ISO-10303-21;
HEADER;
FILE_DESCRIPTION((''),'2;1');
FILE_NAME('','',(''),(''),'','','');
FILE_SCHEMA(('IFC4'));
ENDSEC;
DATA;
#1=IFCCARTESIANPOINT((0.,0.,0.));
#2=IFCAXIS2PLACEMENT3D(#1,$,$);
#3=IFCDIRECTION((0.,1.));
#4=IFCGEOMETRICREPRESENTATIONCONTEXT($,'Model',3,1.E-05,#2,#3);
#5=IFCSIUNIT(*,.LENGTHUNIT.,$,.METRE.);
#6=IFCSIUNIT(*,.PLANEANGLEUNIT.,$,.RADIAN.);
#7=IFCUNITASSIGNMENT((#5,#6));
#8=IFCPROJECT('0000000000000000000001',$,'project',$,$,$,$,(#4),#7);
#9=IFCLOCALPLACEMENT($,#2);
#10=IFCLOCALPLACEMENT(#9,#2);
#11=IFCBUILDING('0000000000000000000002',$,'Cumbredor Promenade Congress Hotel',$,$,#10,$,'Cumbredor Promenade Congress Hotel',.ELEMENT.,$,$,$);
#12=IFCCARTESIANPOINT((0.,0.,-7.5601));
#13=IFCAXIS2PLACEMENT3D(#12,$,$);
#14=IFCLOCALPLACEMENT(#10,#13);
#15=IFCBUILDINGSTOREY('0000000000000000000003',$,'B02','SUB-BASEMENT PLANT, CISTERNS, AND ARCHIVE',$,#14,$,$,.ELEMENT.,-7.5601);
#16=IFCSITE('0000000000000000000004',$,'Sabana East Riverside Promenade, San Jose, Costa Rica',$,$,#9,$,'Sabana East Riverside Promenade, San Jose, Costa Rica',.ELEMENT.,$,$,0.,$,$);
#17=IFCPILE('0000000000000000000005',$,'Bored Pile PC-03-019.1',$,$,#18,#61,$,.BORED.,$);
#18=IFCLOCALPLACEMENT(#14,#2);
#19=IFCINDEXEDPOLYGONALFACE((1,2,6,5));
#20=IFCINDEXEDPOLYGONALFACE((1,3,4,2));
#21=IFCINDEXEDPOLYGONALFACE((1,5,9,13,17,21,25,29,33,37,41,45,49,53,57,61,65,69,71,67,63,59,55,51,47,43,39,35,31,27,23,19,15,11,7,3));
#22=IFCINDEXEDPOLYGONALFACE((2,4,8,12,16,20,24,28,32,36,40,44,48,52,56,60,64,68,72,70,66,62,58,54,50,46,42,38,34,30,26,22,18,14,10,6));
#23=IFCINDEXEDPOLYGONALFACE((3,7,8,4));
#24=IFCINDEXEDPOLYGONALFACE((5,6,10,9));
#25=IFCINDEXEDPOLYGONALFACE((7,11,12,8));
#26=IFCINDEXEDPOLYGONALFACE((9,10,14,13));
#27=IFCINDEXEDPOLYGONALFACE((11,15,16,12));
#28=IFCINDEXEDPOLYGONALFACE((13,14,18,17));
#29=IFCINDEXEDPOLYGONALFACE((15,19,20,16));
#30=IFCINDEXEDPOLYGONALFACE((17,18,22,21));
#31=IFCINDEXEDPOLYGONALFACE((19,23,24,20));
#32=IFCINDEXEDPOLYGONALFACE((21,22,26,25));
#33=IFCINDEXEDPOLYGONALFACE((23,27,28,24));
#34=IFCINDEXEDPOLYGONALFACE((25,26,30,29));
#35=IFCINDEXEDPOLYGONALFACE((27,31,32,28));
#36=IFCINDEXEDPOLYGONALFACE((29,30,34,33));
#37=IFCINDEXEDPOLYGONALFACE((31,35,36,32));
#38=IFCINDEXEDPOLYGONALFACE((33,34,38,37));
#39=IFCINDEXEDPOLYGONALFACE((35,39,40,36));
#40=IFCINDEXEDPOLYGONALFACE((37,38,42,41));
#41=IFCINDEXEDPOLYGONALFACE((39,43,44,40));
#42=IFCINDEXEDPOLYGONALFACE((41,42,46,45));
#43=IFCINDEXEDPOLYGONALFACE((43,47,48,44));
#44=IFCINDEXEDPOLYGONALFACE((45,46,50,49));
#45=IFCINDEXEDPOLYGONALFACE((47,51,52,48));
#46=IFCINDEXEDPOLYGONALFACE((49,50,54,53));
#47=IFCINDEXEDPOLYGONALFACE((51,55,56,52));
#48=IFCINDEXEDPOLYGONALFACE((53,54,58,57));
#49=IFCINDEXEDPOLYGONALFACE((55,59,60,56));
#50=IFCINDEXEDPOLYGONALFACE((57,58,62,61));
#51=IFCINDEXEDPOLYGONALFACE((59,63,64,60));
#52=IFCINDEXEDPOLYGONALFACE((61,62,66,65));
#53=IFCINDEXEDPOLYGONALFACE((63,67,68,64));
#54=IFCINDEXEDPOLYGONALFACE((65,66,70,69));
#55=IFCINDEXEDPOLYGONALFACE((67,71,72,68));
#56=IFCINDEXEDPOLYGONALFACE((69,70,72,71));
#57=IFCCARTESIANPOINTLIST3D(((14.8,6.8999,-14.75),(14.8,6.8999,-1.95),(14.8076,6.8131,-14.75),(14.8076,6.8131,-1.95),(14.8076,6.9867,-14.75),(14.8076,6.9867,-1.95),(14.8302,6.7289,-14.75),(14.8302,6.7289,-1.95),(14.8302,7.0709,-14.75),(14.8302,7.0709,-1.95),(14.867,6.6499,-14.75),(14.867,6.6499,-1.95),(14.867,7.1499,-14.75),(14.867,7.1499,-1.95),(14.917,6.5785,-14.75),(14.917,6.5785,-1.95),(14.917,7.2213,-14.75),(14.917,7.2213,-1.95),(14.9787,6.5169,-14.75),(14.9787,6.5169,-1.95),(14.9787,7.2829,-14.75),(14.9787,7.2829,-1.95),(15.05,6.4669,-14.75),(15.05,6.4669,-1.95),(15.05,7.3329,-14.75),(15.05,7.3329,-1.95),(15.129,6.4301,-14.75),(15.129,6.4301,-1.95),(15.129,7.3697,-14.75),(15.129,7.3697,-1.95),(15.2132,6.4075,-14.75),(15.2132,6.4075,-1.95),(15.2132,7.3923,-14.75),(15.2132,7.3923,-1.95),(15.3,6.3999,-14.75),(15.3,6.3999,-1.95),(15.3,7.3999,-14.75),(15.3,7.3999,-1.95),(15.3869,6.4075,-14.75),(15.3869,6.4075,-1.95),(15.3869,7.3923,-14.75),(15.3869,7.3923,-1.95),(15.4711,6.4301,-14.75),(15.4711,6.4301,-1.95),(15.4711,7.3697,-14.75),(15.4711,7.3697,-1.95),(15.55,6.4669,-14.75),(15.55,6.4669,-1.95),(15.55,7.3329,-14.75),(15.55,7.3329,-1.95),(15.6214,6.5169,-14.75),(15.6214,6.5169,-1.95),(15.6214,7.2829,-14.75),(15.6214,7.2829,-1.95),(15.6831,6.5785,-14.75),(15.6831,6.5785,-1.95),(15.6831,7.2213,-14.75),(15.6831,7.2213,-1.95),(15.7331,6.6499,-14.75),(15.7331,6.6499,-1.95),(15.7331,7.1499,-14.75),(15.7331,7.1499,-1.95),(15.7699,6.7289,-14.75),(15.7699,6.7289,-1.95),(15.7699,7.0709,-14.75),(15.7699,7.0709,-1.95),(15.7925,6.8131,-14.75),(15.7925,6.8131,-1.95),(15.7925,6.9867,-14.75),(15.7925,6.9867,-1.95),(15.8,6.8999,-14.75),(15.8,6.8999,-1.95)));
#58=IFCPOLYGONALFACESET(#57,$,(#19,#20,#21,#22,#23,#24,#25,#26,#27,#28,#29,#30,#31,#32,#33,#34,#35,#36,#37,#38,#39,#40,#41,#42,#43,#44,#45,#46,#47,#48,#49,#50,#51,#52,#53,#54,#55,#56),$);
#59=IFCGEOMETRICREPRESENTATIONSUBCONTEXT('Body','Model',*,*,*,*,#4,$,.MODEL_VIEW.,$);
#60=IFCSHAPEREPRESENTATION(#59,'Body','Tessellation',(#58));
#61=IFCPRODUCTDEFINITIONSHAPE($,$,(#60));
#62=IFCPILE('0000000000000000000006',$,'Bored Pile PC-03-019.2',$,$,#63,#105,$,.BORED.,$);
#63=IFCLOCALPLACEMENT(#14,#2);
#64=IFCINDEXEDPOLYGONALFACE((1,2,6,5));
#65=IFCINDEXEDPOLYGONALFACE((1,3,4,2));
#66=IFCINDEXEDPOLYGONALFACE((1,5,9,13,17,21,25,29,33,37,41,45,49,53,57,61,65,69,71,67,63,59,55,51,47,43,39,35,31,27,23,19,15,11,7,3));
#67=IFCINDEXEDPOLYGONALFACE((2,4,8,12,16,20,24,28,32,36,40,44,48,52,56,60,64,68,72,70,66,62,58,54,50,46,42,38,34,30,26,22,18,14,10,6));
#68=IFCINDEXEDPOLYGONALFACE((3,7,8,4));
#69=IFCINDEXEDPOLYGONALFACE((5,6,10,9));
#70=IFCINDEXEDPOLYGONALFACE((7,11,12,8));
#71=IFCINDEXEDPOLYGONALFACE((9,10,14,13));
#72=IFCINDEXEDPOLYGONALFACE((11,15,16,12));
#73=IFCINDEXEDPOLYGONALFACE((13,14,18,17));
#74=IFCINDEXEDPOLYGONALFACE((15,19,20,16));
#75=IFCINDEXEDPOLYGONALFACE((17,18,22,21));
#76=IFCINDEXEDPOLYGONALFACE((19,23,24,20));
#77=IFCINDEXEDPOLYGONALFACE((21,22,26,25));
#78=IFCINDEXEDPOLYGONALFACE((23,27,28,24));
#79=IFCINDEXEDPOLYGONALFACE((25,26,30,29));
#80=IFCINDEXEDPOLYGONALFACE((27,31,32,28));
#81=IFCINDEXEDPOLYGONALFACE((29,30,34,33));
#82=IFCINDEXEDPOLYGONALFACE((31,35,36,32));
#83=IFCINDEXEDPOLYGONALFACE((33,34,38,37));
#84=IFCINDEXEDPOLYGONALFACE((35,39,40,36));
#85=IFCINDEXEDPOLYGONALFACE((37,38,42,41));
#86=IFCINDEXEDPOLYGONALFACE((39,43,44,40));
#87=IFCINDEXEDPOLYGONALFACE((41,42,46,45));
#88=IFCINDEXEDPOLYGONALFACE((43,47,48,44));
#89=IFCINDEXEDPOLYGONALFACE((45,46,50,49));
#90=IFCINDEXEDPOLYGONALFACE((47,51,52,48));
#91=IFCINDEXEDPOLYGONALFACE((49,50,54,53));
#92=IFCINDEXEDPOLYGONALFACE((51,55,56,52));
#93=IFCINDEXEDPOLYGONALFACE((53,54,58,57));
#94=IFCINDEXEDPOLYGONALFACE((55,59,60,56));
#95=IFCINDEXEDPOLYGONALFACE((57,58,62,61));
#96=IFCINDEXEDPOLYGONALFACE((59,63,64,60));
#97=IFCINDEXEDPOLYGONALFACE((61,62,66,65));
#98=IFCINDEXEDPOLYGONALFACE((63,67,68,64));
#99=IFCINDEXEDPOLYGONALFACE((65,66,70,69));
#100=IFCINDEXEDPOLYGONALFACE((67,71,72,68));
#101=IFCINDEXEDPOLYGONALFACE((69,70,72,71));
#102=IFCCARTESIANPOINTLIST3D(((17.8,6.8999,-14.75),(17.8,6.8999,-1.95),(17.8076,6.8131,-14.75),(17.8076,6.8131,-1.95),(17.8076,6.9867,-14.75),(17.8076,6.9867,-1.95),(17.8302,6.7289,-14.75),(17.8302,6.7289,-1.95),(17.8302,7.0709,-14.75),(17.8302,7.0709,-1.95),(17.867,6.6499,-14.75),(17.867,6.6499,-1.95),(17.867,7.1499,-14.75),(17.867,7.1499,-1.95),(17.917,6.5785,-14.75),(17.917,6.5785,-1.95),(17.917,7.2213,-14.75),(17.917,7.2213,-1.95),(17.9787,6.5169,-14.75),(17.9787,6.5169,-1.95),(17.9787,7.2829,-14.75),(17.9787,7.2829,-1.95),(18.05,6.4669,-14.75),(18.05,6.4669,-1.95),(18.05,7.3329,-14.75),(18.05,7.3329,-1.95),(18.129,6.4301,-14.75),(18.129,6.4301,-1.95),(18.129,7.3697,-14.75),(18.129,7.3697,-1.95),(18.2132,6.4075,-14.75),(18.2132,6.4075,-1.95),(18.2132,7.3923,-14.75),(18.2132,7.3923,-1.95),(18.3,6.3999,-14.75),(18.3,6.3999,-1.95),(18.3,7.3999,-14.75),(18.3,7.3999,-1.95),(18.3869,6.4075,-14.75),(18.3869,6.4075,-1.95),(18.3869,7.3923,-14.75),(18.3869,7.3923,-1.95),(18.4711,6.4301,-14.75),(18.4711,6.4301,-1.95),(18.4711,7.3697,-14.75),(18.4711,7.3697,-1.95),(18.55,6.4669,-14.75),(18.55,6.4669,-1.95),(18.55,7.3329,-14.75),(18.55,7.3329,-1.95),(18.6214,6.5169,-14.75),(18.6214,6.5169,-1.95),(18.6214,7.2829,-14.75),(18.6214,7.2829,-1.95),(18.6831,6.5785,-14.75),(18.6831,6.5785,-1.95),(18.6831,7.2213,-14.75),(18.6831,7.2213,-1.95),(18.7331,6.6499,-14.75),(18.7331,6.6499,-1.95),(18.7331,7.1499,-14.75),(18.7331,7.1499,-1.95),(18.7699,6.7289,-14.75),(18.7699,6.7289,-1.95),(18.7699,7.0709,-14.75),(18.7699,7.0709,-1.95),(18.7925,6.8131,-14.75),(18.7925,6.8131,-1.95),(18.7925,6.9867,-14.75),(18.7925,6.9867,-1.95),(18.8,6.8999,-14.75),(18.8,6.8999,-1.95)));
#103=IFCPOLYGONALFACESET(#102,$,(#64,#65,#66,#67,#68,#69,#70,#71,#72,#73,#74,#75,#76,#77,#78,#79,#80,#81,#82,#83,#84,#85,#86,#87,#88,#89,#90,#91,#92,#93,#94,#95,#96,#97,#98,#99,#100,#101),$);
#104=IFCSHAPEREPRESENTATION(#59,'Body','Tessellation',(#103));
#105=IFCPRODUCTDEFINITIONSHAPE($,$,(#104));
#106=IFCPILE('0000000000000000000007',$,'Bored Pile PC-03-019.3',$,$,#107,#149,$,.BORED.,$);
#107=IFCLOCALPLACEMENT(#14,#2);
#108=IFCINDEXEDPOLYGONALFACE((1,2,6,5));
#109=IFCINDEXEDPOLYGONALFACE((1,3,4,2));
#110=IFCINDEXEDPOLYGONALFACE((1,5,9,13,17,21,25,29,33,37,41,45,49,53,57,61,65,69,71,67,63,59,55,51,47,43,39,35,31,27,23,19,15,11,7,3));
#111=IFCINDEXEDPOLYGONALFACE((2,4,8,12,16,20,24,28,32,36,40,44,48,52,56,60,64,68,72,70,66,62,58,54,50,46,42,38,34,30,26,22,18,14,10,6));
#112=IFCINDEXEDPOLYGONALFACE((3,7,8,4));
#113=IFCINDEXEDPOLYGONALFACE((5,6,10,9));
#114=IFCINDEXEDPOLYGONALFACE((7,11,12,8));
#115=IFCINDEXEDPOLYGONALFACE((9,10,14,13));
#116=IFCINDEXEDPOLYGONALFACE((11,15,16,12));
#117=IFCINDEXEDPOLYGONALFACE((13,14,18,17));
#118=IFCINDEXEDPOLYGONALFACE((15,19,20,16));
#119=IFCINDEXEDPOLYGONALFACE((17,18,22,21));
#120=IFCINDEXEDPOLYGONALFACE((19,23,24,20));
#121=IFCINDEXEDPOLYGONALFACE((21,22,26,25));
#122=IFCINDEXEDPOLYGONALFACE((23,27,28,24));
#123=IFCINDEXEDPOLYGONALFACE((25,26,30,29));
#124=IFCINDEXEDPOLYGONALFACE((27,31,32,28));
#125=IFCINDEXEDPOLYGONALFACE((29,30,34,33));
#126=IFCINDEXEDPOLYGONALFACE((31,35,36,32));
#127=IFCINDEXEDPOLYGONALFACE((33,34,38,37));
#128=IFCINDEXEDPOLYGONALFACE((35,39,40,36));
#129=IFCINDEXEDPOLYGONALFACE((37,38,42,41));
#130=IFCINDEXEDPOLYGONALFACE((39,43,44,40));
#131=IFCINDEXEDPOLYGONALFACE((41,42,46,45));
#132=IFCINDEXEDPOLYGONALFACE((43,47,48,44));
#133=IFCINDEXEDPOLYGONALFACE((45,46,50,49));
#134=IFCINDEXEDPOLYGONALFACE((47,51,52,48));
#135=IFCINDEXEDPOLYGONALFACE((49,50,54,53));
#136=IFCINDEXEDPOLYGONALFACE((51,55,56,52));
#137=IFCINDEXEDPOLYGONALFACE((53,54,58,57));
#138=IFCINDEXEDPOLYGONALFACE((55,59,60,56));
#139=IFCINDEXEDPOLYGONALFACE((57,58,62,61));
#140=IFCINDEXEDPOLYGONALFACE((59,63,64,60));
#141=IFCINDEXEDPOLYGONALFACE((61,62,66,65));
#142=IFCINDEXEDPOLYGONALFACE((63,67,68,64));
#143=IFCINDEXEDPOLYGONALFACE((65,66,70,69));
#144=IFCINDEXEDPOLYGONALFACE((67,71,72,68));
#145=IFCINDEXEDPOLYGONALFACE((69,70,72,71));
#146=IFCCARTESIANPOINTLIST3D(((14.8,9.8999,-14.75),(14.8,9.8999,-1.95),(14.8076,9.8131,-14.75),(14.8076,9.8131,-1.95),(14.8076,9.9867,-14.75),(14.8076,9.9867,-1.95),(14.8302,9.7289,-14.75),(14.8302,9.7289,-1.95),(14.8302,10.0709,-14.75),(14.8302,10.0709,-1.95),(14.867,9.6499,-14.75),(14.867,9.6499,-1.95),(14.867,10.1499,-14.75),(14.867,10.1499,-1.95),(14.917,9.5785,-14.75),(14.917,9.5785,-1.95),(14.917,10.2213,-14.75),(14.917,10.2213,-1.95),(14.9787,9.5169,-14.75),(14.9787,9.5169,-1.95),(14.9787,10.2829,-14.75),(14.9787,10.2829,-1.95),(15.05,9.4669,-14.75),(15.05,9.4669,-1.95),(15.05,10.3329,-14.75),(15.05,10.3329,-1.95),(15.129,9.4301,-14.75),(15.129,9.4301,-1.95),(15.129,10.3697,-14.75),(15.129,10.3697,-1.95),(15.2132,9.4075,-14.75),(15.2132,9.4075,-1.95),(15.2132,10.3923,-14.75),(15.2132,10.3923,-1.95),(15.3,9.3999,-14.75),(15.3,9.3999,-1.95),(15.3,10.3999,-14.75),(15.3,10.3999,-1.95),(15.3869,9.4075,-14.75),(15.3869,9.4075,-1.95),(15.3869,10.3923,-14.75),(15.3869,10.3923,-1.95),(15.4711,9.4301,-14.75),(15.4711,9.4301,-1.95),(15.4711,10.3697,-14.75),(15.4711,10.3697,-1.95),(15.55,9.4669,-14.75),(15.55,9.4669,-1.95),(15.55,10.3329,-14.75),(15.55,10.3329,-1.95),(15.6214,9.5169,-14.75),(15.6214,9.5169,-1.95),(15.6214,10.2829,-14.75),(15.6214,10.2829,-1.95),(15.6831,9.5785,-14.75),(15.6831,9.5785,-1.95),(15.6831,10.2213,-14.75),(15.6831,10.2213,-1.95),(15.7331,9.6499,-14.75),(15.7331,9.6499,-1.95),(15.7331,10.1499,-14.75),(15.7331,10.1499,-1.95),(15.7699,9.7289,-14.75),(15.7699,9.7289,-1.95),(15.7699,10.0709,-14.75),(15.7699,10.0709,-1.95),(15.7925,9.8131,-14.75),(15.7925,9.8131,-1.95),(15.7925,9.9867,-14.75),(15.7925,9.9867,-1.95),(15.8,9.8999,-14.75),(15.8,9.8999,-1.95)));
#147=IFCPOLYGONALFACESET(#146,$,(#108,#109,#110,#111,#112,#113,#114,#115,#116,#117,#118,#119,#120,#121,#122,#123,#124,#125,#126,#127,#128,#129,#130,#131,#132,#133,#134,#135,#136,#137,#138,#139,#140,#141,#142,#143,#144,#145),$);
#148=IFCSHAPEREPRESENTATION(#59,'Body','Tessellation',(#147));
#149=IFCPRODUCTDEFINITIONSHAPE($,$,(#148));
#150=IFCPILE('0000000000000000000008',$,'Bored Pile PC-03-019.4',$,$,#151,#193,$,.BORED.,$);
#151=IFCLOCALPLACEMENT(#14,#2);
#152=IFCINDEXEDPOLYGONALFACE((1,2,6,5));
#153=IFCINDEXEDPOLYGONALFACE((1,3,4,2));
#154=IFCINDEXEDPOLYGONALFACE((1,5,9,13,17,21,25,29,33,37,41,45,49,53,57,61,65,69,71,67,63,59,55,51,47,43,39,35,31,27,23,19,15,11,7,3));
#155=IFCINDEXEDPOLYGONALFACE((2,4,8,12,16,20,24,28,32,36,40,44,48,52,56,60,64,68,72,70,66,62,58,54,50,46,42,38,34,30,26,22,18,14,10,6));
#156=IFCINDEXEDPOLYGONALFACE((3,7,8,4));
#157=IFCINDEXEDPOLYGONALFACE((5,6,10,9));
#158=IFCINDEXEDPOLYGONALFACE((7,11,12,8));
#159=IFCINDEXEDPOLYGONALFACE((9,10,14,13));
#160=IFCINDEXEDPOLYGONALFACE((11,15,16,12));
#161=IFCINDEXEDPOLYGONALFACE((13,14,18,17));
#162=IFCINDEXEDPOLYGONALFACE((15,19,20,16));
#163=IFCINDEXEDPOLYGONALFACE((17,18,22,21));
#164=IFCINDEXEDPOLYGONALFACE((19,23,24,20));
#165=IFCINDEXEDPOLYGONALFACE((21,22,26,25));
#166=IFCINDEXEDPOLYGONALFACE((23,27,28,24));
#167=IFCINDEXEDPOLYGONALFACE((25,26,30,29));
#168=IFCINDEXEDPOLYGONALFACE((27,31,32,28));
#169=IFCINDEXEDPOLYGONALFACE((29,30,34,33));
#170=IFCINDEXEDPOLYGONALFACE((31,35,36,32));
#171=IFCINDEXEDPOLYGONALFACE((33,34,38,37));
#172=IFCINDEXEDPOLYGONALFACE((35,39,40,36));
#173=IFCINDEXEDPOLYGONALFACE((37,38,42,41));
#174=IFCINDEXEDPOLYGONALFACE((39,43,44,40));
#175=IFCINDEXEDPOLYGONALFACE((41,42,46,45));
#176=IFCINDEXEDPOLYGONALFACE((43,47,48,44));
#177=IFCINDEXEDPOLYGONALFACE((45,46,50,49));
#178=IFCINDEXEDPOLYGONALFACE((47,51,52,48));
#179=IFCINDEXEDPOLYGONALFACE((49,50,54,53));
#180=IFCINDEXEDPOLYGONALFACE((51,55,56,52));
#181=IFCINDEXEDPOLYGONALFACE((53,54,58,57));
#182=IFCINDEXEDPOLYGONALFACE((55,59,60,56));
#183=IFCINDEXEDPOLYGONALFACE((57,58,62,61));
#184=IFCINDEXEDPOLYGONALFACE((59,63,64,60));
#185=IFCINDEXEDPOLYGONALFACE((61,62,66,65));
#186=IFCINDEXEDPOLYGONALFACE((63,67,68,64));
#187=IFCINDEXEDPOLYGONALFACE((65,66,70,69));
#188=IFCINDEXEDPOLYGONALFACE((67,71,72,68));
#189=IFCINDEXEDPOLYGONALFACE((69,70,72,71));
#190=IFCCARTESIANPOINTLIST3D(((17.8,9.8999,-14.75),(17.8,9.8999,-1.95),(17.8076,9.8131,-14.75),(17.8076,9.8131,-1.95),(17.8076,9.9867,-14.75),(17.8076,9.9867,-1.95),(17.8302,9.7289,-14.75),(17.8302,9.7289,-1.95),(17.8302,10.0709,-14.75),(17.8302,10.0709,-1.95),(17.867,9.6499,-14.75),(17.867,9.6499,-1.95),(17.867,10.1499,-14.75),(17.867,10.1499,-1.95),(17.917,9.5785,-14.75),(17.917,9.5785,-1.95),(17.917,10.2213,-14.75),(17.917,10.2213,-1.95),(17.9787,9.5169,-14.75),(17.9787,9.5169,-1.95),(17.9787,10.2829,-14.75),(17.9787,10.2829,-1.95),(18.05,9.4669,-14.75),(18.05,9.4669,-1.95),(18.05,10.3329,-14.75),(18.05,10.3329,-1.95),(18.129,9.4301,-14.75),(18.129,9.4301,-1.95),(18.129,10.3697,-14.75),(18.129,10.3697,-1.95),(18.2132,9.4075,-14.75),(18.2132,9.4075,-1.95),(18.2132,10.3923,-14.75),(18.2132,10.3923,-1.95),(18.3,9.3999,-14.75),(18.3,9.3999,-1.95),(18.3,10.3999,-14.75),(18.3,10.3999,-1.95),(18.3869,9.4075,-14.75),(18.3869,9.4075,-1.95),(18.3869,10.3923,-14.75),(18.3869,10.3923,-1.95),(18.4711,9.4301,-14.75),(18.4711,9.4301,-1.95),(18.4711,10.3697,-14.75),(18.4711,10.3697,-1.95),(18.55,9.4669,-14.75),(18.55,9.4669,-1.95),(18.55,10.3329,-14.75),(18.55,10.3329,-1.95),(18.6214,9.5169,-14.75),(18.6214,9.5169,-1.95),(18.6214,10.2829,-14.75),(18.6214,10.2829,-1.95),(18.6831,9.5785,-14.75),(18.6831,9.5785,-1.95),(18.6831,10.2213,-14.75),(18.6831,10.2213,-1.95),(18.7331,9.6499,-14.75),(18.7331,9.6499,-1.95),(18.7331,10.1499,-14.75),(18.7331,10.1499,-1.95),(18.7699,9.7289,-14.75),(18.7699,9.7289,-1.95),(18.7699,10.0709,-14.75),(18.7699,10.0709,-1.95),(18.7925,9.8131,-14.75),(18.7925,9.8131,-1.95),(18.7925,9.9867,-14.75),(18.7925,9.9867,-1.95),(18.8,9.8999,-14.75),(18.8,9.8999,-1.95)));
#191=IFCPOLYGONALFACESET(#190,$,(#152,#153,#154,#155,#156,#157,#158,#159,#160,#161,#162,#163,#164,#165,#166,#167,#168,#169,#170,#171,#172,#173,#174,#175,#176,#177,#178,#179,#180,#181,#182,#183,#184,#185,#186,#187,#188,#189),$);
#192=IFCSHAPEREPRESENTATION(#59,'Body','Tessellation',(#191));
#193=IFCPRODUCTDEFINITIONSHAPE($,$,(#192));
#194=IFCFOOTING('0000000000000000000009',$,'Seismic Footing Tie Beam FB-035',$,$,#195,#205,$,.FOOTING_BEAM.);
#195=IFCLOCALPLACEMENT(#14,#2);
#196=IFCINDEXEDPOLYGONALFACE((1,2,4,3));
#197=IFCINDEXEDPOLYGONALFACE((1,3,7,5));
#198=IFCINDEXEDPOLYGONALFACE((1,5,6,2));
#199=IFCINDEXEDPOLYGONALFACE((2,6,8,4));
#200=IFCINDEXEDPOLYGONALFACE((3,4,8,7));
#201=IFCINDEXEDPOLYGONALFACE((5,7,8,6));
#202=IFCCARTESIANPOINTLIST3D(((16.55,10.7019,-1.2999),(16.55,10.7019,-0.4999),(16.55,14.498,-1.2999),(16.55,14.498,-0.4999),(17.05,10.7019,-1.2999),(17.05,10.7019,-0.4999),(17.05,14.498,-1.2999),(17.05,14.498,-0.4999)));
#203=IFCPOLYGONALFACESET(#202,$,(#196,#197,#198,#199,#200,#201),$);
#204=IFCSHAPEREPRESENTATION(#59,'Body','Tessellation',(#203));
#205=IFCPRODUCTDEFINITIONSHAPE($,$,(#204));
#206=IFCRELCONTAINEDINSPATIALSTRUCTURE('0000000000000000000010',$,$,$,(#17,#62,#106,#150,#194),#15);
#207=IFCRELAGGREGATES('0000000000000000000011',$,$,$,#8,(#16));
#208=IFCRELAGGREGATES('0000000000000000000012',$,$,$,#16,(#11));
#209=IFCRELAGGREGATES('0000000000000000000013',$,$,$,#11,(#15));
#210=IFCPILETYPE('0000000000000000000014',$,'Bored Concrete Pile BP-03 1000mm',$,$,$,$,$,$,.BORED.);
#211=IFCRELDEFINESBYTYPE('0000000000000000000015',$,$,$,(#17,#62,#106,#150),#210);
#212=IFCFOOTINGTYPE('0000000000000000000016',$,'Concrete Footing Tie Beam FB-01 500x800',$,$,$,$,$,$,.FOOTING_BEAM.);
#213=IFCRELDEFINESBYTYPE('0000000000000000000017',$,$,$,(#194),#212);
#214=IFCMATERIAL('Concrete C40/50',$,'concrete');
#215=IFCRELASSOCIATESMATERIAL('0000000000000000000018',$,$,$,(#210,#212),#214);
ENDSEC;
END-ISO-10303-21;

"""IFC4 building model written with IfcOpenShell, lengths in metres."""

from ifc_helpers import new_model, si_unit, direction, frame, origin, origin_2d, place, context, subcontext, project, spatial, rectangle, circle, extrude, material, material_profile, profile_set, type_object, element, save


model = new_model("IFC4")

# Units and contexts
model_context = context("Model", 3, precision=1e-05, world=origin(), true_north=direction((0.0, 1.0)))
body_context = subcontext(model_context, "Body", "Model", "MODEL_VIEW")
ifc_project = project(units=[si_unit("LENGTHUNIT", "METRE"), si_unit("PLANEANGLEUNIT", "RADIAN")], contexts=[model_context])

# Site, building, storey
site_placement = place(None, origin())
site = spatial("IfcSite", under=ifc_project, at=site_placement, Name="Sabana East Riverside Promenade, San Jose, Costa Rica", LongName="Sabana East Riverside Promenade, San Jose, Costa Rica", CompositionType="ELEMENT", RefElevation=0.0)
building_placement = place(site_placement, origin())
building = spatial("IfcBuilding", under=site, at=building_placement, Name="Cumbredor Promenade Congress Hotel", LongName="Cumbredor Promenade Congress Hotel", CompositionType="ELEMENT")
storey_placement = place(building_placement, frame((0.0, 0.0, -7.5601)))
storey = spatial("IfcBuildingStorey", under=building, at=storey_placement, Name="B02", Description="SUB-BASEMENT PLANT, CISTERNS, AND ARCHIVE", CompositionType="ELEMENT", Elevation=-7.5601)

# Piles
ifc_material_1 = material(Name="Concrete C40/50", Category="concrete")
ifc_material_profile_1 = material_profile(ifc_material_1, circle(Radius=0.5, at=origin_2d()), Name="PILE D1000")
ifc_profile_set_1 = profile_set([ifc_material_profile_1], Name="Concrete C40/50")
pile_type = type_object("IfcPileType", Name="Bored Concrete Pile BP-03 1000mm", PredefinedType="BORED", material=ifc_profile_set_1)
for number, where, z_axis, x_axis, name in (
    (1, (15.3, 6.8999, -1.95), (0.0, 0.0, -1.0), (1.0, 0.0, 0.0), "Bored Pile PC-03-019.1"),
    (2, (18.3, 6.8999, -1.95), (0.0, 0.0, -1.0), (1.0, 0.0, 0.0), "Bored Pile PC-03-019.2"),
    (3, (15.3, 9.8999, -1.95), (0.0, 0.0, -1.0), (1.0, 0.0, 0.0), "Bored Pile PC-03-019.3"),
    (4, (18.3, 9.8999, -1.95), (0.0, 0.0, -1.0), (1.0, 0.0, 0.0), "Bored Pile PC-03-019.4"),
):
    element("IfcPile", number, at=place(storey_placement, frame(where, z_axis=z_axis, x_axis=x_axis)), inside=storey, type_object=pile_type, Name=name, PredefinedType="BORED", context=body_context, shape_type="SweptSolid", body=[
        extrude(circle(Radius=0.5, at=origin_2d()), origin(), (0.0, 0.0, 1.0), 12.8),
    ])

# Footing
ifc_material_profile_2 = material_profile(ifc_material_1, rectangle(XDim=0.5, YDim=0.8, at=origin_2d()), Name="FB 500x800")
ifc_profile_set_2 = profile_set([ifc_material_profile_2], Name="Concrete C40/50")
footing_type_1 = type_object("IfcFootingType", Name="Concrete Footing Tie Beam FB-01 500x800", PredefinedType="FOOTING_BEAM", material=ifc_profile_set_2)
footing_1_placement = place(storey_placement, frame((16.8, 10.7019, -0.8999), z_axis=(0.0, 1.0, 0.0), x_axis=(-1.0, 0.0, 0.0)))
element("IfcFooting", 5, at=footing_1_placement, inside=storey, type_object=footing_type_1, Name="Seismic Footing Tie Beam FB-035", PredefinedType="FOOTING_BEAM", context=body_context, shape_type="SweptSolid", body=[
    extrude(rectangle(XDim=0.5, YDim=0.8, at=origin_2d()), origin(), (0.0, 0.0, 1.0), 3.7961),
])

save(model, "model.ifc")
